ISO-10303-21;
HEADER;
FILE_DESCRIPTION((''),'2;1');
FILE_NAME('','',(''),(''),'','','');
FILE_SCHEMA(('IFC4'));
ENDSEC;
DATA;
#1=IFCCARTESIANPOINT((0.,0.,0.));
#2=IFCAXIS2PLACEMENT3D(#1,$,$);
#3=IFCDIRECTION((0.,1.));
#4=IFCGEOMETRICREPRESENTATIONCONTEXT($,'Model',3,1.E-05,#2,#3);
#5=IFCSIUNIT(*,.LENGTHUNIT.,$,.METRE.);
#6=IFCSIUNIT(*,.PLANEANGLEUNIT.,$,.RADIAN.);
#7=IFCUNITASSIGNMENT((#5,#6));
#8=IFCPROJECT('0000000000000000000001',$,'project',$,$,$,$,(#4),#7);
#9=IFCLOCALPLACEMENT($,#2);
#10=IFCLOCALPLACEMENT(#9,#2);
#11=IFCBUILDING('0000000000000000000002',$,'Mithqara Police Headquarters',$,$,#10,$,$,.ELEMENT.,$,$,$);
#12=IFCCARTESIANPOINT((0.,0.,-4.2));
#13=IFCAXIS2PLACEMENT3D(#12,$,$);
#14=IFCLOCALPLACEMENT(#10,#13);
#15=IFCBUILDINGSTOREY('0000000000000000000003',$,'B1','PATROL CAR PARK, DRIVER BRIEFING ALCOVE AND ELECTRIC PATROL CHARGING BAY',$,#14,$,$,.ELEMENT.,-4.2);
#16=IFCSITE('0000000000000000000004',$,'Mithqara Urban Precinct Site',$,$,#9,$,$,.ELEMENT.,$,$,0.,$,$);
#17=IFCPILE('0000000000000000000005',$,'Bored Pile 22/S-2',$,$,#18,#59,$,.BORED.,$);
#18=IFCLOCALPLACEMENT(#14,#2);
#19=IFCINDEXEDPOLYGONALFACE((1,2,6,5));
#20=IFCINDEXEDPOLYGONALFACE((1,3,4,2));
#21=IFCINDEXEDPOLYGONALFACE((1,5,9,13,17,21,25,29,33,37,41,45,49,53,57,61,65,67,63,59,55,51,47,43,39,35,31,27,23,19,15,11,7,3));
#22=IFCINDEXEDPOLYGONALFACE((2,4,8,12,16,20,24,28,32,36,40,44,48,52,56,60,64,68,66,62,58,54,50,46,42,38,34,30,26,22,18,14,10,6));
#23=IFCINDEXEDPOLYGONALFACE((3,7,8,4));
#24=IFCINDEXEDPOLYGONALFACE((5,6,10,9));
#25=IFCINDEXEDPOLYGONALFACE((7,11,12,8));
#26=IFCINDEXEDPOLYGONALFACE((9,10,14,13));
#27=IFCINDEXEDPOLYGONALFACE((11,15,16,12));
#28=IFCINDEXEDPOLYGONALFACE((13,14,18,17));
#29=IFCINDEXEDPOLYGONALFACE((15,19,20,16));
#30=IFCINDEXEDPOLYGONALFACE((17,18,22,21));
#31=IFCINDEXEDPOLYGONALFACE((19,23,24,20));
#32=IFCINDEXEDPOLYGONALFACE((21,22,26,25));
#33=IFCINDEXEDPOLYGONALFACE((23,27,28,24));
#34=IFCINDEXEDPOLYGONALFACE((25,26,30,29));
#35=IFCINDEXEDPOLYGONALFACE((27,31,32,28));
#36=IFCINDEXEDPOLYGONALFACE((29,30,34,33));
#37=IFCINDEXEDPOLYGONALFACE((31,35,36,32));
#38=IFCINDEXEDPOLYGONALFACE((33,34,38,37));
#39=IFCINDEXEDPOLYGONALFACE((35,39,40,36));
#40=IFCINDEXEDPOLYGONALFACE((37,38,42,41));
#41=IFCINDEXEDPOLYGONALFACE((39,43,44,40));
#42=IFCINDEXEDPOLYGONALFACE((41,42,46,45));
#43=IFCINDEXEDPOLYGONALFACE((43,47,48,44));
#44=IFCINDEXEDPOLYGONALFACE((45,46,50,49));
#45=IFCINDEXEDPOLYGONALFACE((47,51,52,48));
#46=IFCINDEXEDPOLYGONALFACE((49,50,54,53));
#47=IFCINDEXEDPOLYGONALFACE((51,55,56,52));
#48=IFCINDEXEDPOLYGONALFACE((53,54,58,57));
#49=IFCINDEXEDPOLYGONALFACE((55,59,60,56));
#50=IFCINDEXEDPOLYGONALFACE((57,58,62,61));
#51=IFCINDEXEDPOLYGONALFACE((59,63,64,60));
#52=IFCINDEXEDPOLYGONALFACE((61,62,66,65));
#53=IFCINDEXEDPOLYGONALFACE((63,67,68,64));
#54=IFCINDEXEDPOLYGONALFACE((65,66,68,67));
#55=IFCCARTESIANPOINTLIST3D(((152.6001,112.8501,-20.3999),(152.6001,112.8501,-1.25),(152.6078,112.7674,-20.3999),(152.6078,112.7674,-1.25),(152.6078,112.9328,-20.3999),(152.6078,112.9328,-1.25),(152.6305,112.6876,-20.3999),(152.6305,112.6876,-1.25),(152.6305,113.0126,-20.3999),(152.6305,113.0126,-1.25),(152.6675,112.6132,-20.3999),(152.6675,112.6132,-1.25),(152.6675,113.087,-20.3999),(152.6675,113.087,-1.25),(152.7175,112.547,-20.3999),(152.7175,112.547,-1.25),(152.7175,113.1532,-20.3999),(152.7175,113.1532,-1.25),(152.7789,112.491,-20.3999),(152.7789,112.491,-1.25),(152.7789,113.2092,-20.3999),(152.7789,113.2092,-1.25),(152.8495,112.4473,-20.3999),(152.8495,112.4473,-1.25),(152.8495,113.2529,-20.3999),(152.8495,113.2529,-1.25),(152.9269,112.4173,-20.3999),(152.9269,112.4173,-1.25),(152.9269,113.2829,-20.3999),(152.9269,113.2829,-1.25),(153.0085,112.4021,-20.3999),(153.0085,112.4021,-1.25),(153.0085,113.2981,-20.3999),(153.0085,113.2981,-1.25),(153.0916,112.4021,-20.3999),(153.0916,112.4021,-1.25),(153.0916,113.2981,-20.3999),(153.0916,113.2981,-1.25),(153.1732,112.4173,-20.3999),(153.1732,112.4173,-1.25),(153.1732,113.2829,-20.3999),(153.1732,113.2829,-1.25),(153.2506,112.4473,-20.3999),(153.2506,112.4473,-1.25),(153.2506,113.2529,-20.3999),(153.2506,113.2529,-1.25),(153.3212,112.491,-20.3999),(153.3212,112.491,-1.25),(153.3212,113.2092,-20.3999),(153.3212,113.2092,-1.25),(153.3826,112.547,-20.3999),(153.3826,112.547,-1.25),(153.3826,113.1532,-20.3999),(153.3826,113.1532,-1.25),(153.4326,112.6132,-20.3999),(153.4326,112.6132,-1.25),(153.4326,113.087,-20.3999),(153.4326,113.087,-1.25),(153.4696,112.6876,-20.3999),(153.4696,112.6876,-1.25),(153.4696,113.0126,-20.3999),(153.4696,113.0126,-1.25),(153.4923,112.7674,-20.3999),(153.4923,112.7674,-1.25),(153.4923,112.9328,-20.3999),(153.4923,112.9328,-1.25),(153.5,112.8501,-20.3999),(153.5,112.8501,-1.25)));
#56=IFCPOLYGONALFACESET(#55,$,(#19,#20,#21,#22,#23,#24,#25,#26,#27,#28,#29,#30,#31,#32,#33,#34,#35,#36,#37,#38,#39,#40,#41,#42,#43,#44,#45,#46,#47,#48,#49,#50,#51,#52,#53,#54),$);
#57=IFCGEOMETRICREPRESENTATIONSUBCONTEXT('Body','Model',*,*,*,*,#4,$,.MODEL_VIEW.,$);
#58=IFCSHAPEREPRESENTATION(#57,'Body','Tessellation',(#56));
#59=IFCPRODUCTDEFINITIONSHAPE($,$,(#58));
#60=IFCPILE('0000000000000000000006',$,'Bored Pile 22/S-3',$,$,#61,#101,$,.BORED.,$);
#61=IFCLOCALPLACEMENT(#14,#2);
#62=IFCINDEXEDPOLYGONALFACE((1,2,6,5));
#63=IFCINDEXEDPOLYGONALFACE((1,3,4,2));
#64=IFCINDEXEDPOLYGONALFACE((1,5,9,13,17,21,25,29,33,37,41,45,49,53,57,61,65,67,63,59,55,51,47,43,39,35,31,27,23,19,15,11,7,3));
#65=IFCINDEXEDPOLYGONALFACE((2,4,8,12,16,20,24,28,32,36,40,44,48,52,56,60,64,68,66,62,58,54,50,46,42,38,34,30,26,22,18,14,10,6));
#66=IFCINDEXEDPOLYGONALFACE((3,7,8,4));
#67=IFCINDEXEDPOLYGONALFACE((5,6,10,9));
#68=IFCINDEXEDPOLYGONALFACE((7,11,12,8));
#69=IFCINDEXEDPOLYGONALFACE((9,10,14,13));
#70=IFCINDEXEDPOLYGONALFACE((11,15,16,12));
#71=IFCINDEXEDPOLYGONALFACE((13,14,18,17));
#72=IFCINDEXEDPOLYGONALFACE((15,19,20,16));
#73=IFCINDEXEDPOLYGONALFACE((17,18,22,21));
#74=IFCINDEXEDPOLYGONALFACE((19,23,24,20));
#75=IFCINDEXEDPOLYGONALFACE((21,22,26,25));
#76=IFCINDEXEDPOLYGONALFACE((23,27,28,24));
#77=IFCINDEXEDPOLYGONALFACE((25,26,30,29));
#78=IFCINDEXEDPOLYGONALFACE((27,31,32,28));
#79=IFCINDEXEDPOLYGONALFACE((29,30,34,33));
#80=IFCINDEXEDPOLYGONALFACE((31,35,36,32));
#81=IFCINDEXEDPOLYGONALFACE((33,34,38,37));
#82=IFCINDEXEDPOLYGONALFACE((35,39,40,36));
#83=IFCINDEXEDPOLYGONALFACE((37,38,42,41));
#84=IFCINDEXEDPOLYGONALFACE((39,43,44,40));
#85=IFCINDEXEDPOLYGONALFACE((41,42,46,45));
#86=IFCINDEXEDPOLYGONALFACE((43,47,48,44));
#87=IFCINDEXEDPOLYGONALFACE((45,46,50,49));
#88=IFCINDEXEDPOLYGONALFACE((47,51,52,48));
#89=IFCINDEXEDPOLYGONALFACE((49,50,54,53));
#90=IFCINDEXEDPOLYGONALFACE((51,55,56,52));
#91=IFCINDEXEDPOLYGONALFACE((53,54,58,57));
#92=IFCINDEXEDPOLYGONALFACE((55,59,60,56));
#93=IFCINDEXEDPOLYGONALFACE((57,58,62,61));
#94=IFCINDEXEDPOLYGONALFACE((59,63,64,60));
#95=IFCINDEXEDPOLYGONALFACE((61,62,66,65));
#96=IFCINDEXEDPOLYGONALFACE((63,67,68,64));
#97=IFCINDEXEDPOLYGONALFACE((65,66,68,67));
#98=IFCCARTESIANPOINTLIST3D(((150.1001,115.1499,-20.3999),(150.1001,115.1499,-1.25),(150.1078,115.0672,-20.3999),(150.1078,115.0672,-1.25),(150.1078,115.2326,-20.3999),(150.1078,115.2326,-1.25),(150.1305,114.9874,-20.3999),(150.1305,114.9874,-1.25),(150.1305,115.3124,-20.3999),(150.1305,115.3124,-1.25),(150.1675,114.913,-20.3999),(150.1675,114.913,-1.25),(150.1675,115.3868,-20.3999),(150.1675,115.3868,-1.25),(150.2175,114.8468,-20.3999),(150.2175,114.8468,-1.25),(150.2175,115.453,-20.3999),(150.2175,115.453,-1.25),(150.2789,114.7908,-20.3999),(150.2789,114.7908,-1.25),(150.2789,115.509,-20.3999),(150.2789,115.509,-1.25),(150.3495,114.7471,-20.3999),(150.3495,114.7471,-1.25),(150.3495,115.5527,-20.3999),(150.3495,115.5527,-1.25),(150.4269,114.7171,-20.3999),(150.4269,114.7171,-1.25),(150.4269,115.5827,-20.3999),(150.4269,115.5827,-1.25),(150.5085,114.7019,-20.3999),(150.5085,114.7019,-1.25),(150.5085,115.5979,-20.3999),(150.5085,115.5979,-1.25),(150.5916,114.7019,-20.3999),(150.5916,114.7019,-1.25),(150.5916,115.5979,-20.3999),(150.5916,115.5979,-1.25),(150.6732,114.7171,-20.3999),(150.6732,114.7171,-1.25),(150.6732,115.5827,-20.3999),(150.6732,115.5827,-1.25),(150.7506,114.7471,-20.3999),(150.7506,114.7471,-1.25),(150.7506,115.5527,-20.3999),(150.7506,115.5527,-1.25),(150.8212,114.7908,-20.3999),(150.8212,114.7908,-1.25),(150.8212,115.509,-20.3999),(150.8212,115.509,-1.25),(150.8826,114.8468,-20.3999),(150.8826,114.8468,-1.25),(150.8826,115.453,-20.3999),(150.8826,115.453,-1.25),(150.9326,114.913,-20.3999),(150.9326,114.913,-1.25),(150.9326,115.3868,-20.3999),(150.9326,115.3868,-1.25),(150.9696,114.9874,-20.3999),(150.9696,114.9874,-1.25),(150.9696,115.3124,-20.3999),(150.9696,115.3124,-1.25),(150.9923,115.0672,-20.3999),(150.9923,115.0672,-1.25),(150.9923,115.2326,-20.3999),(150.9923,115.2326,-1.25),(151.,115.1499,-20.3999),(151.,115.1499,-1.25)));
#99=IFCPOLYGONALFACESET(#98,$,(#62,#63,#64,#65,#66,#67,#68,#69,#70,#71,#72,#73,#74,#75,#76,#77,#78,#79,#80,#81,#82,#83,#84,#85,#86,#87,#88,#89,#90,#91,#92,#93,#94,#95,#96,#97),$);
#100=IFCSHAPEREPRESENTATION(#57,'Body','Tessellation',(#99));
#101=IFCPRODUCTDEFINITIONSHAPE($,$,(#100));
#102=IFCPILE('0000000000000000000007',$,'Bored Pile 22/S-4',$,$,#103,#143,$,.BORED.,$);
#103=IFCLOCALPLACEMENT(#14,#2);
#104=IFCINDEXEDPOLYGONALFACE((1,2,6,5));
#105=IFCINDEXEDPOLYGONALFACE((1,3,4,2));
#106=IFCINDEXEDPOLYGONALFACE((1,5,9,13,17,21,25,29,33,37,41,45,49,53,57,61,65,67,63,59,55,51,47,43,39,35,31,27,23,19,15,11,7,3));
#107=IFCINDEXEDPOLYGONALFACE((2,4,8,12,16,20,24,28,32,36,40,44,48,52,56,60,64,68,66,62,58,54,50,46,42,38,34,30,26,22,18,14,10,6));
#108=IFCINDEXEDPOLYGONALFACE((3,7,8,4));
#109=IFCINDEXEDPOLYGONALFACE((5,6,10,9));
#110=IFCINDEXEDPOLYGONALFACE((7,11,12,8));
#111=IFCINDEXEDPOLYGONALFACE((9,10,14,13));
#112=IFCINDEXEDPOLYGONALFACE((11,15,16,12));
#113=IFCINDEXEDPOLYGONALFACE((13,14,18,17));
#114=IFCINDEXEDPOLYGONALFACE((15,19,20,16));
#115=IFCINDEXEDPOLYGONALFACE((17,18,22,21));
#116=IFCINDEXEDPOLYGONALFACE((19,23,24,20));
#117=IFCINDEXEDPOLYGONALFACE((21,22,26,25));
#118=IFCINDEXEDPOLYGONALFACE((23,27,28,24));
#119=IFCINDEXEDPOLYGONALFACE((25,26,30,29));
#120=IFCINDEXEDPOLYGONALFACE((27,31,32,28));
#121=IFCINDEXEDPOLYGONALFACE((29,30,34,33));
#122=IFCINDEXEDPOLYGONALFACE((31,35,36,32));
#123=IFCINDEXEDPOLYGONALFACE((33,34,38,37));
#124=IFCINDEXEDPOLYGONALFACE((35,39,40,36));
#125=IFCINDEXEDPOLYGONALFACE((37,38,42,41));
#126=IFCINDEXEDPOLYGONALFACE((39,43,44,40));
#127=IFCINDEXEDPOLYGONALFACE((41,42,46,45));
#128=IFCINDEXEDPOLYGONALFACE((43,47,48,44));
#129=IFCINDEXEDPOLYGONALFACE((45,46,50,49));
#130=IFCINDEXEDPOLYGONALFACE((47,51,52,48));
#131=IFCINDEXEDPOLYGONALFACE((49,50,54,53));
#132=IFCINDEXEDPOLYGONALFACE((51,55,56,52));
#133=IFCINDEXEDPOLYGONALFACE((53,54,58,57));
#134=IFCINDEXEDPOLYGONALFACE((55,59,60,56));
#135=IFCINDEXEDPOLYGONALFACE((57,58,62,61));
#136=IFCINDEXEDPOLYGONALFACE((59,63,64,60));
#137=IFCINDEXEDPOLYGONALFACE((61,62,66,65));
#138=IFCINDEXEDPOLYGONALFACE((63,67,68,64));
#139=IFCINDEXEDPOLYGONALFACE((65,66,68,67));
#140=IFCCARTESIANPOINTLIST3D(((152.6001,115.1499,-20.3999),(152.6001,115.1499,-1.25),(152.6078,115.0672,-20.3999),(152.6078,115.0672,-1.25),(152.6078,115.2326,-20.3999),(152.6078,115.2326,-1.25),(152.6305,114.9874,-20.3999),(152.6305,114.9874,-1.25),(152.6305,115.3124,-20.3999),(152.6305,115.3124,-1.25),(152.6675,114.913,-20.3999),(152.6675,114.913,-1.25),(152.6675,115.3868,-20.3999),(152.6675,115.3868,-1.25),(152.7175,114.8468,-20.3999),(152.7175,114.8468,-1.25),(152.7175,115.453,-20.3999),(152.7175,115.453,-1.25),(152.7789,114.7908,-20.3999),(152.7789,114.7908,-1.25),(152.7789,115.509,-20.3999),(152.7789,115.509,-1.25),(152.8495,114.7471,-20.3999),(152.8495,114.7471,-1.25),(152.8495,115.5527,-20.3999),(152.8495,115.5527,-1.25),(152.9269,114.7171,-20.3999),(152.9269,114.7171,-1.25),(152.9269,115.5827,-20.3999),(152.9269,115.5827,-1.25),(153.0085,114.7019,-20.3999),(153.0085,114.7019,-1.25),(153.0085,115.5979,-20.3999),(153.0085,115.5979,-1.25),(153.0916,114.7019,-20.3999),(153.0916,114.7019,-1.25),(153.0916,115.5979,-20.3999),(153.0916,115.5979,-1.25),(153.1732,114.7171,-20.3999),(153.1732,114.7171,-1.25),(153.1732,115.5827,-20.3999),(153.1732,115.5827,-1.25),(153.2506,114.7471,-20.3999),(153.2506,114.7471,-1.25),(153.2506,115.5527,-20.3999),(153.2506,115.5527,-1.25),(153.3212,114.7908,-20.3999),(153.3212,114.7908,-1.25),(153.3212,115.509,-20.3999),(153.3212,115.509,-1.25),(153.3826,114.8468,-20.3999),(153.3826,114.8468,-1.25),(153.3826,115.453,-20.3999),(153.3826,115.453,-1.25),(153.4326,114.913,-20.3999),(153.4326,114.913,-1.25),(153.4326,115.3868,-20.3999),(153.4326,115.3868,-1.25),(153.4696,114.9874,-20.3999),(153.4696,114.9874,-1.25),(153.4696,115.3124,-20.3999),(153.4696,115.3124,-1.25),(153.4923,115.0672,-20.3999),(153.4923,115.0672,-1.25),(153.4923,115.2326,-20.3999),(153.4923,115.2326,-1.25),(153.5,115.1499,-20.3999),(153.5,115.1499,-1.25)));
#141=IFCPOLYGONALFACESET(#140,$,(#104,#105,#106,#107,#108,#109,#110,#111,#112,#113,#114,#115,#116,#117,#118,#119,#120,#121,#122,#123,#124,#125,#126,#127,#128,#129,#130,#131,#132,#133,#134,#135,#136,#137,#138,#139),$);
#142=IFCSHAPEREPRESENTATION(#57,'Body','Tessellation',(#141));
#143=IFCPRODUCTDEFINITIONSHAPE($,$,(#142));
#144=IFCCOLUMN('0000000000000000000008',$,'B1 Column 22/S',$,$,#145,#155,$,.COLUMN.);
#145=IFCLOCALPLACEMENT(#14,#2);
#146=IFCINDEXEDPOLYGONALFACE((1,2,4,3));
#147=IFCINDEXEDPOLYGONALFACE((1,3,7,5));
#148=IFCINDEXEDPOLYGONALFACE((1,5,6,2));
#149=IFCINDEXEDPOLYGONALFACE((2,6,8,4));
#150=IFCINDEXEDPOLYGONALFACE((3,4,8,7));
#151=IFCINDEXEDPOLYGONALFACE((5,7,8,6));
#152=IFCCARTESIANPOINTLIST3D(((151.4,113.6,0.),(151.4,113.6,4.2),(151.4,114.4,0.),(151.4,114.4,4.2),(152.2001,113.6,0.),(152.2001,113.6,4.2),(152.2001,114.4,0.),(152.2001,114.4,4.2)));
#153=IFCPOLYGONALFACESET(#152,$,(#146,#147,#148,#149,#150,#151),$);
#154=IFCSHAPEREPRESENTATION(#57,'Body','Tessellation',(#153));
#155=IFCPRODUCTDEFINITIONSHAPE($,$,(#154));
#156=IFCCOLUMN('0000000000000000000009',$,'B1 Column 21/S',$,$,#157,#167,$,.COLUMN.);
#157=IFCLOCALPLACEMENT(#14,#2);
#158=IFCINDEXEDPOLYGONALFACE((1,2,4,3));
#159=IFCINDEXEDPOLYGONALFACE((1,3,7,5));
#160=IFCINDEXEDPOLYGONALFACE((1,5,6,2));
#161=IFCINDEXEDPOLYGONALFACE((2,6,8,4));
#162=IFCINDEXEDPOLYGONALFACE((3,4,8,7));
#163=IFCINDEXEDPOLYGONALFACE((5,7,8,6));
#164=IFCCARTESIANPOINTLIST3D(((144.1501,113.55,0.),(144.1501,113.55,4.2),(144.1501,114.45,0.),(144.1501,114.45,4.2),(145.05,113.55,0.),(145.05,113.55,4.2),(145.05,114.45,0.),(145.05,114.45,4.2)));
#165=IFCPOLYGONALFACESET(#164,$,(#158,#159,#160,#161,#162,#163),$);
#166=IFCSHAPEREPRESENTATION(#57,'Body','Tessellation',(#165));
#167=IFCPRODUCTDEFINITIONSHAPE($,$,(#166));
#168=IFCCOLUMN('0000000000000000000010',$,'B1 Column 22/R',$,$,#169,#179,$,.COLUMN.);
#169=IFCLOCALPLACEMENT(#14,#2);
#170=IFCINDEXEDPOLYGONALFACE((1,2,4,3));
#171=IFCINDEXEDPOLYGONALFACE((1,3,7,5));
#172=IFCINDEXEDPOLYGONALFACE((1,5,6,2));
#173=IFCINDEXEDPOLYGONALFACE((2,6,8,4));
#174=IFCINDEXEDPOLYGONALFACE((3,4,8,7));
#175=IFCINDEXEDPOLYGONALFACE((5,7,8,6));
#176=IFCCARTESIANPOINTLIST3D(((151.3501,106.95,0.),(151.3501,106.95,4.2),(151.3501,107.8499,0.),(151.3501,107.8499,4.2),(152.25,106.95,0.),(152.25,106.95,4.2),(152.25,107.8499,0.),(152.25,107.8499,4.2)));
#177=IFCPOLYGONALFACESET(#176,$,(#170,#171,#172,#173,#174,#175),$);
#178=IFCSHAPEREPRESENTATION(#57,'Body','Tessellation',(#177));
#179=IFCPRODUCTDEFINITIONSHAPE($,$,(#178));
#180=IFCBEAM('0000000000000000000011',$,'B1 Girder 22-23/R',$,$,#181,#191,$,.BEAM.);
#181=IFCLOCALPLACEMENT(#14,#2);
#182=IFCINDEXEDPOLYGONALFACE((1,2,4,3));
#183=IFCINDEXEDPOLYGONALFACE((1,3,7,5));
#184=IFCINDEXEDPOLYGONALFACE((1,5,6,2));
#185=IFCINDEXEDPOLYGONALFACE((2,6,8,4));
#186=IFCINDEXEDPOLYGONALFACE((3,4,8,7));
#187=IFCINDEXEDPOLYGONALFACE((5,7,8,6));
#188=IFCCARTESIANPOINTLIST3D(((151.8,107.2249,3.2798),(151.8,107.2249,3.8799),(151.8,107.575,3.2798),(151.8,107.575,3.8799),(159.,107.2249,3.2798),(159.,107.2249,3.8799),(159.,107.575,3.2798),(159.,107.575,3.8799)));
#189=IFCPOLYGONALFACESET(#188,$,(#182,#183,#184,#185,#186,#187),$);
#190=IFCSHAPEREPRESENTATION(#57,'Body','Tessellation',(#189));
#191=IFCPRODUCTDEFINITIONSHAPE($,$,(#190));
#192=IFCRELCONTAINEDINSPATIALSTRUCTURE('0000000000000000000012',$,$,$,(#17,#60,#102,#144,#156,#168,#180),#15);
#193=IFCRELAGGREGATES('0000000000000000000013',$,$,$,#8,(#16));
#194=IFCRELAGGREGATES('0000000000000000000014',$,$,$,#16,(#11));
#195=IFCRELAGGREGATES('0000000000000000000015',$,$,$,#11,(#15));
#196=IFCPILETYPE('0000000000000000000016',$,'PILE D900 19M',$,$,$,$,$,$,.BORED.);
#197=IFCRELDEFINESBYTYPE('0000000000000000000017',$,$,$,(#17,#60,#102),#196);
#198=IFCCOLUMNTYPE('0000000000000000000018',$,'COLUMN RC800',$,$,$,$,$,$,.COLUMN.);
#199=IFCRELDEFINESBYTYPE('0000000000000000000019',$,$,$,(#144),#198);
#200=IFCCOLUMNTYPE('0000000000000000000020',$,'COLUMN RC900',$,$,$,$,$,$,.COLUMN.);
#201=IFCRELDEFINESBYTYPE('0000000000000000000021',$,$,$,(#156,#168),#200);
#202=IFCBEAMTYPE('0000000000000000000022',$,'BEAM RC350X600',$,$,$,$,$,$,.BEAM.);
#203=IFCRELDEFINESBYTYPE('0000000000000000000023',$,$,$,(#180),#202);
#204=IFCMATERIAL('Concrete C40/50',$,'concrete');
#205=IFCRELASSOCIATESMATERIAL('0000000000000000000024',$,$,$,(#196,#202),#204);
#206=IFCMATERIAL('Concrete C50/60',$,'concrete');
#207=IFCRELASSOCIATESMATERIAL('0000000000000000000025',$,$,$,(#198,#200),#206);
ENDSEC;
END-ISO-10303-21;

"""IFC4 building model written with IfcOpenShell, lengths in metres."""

from ifc_helpers import new_model, si_unit, direction, frame, origin, origin_2d, place, context, subcontext, project, spatial, rectangle, circle, extrude, material, material_profile, profile_set, type_object, element, save


model = new_model("IFC4")

# Units and contexts
model_context = context("Model", 3, precision=1e-05, world=origin(), true_north=direction((0.0, 1.0)))
body_context = subcontext(model_context, "Body", "Model", "MODEL_VIEW")
ifc_project = project(units=[si_unit("LENGTHUNIT", "METRE"), si_unit("PLANEANGLEUNIT", "RADIAN")], contexts=[model_context])

# Site, building, storey
site_placement = place(None, origin())
site = spatial("IfcSite", under=ifc_project, at=site_placement, Name="Mithqara Urban Precinct Site", CompositionType="ELEMENT", RefElevation=0.0)
building_placement = place(site_placement, origin())
building = spatial("IfcBuilding", under=site, at=building_placement, Name="Mithqara Police Headquarters", CompositionType="ELEMENT")
storey_placement = place(building_placement, frame((0.0, 0.0, -4.2)))
storey = spatial("IfcBuildingStorey", under=building, at=storey_placement, Name="B1", Description="PATROL CAR PARK, DRIVER BRIEFING ALCOVE AND ELECTRIC PATROL CHARGING BAY", CompositionType="ELEMENT", Elevation=-4.2)

# Shared definitions
ifc_material_1 = material(Name="Concrete C40/50", Category="concrete")

# Piles
ifc_material_profile_1 = material_profile(ifc_material_1, circle(Radius=0.45, at=origin_2d()), Name="PILE D900")
ifc_profile_set_1 = profile_set([ifc_material_profile_1], Name="Concrete C40/50")
pile_type = type_object("IfcPileType", Name="PILE D900 19M", PredefinedType="BORED", material=ifc_profile_set_1)
for number, where, z_axis, x_axis, name in (
    (1, (153.05, 112.8501, -1.25), (0.0, 0.0, -1.0), (1.0, 0.0, 0.0), "Bored Pile 22/S-2"),
    (2, (150.55, 115.1499, -1.25), (0.0, 0.0, -1.0), (1.0, 0.0, 0.0), "Bored Pile 22/S-3"),
    (3, (153.05, 115.1499, -1.25), (0.0, 0.0, -1.0), (1.0, 0.0, 0.0), "Bored Pile 22/S-4"),
):
    element("IfcPile", number, at=place(storey_placement, frame(where, z_axis=z_axis, x_axis=x_axis)), inside=storey, type_object=pile_type, Name=name, PredefinedType="BORED", context=body_context, shape_type="SweptSolid", body=[
        extrude(circle(Radius=0.45, at=origin_2d()), origin(), (0.0, 0.0, 1.0), 19.1499),
    ])

# Columns
ifc_material_2 = material(Name="Concrete C50/60", Category="concrete")
ifc_material_profile_2 = material_profile(ifc_material_2, rectangle(XDim=0.8, YDim=0.8, at=origin_2d()), Name="RC 800x800")
ifc_profile_set_2 = profile_set([ifc_material_profile_2], Name="Concrete C50/60")
column_type_1 = type_object("IfcColumnType", Name="COLUMN RC800", PredefinedType="COLUMN", material=ifc_profile_set_2)
column_placement = place(storey_placement, frame((151.8, 114.0, 0.0), z_axis=(0.0, 0.0, 1.0), x_axis=(1.0, 0.0, 0.0)))
element("IfcColumn", 4, at=column_placement, inside=storey, type_object=column_type_1, Name="B1 Column 22/S", PredefinedType="COLUMN", context=body_context, shape_type="SweptSolid", body=[
    extrude(rectangle(XDim=0.8, YDim=0.8, at=origin_2d()), origin(), (0.0, 0.0, 1.0), 4.2),
])
ifc_material_profile_3 = material_profile(ifc_material_2, rectangle(XDim=0.8999, YDim=0.8999, at=origin_2d()), Name="RC 900x900")
ifc_profile_set_3 = profile_set([ifc_material_profile_3], Name="Concrete C50/60")
column_type_2 = type_object("IfcColumnType", Name="COLUMN RC900", PredefinedType="COLUMN", material=ifc_profile_set_3)
for number, where, z_axis, x_axis, name in (
    (5, (144.6001, 114.0, 0.0), (0.0, 0.0, 1.0), (1.0, 0.0, 0.0), "B1 Column 21/S"),
    (6, (151.8, 107.3999, 0.0), (0.0, 0.0, 1.0), (1.0, 0.0, 0.0), "B1 Column 22/R"),
):
    element("IfcColumn", number, at=place(storey_placement, frame(where, z_axis=z_axis, x_axis=x_axis)), inside=storey, type_object=column_type_2, Name=name, PredefinedType="COLUMN", context=body_context, shape_type="SweptSolid", body=[
        extrude(rectangle(XDim=0.8999, YDim=0.8999, at=origin_2d()), origin(), (0.0, 0.0, 1.0), 4.2),
    ])

# Beam
ifc_material_profile_4 = material_profile(ifc_material_1, rectangle(XDim=0.3501, YDim=0.6001, at=origin_2d()), Name="RC 350x600")
ifc_profile_set_4 = profile_set([ifc_material_profile_4], Name="Concrete C40/50")
beam_type_1 = type_object("IfcBeamType", Name="BEAM RC350X600", PredefinedType="BEAM", material=ifc_profile_set_4)
beam_1_placement = place(storey_placement, frame((151.8, 107.3999, 3.5798), z_axis=(1.0, 0.0, 0.0), x_axis=(0.0, 1.0, 0.0)))
element("IfcBeam", 7, at=beam_1_placement, inside=storey, type_object=beam_type_1, Name="B1 Girder 22-23/R", PredefinedType="BEAM", context=body_context, shape_type="SweptSolid", body=[
    extrude(rectangle(XDim=0.3501, YDim=0.6001, at=origin_2d()), origin(), (0.0, 0.0, 1.0), 7.2),
])

save(model, "model.ifc")
